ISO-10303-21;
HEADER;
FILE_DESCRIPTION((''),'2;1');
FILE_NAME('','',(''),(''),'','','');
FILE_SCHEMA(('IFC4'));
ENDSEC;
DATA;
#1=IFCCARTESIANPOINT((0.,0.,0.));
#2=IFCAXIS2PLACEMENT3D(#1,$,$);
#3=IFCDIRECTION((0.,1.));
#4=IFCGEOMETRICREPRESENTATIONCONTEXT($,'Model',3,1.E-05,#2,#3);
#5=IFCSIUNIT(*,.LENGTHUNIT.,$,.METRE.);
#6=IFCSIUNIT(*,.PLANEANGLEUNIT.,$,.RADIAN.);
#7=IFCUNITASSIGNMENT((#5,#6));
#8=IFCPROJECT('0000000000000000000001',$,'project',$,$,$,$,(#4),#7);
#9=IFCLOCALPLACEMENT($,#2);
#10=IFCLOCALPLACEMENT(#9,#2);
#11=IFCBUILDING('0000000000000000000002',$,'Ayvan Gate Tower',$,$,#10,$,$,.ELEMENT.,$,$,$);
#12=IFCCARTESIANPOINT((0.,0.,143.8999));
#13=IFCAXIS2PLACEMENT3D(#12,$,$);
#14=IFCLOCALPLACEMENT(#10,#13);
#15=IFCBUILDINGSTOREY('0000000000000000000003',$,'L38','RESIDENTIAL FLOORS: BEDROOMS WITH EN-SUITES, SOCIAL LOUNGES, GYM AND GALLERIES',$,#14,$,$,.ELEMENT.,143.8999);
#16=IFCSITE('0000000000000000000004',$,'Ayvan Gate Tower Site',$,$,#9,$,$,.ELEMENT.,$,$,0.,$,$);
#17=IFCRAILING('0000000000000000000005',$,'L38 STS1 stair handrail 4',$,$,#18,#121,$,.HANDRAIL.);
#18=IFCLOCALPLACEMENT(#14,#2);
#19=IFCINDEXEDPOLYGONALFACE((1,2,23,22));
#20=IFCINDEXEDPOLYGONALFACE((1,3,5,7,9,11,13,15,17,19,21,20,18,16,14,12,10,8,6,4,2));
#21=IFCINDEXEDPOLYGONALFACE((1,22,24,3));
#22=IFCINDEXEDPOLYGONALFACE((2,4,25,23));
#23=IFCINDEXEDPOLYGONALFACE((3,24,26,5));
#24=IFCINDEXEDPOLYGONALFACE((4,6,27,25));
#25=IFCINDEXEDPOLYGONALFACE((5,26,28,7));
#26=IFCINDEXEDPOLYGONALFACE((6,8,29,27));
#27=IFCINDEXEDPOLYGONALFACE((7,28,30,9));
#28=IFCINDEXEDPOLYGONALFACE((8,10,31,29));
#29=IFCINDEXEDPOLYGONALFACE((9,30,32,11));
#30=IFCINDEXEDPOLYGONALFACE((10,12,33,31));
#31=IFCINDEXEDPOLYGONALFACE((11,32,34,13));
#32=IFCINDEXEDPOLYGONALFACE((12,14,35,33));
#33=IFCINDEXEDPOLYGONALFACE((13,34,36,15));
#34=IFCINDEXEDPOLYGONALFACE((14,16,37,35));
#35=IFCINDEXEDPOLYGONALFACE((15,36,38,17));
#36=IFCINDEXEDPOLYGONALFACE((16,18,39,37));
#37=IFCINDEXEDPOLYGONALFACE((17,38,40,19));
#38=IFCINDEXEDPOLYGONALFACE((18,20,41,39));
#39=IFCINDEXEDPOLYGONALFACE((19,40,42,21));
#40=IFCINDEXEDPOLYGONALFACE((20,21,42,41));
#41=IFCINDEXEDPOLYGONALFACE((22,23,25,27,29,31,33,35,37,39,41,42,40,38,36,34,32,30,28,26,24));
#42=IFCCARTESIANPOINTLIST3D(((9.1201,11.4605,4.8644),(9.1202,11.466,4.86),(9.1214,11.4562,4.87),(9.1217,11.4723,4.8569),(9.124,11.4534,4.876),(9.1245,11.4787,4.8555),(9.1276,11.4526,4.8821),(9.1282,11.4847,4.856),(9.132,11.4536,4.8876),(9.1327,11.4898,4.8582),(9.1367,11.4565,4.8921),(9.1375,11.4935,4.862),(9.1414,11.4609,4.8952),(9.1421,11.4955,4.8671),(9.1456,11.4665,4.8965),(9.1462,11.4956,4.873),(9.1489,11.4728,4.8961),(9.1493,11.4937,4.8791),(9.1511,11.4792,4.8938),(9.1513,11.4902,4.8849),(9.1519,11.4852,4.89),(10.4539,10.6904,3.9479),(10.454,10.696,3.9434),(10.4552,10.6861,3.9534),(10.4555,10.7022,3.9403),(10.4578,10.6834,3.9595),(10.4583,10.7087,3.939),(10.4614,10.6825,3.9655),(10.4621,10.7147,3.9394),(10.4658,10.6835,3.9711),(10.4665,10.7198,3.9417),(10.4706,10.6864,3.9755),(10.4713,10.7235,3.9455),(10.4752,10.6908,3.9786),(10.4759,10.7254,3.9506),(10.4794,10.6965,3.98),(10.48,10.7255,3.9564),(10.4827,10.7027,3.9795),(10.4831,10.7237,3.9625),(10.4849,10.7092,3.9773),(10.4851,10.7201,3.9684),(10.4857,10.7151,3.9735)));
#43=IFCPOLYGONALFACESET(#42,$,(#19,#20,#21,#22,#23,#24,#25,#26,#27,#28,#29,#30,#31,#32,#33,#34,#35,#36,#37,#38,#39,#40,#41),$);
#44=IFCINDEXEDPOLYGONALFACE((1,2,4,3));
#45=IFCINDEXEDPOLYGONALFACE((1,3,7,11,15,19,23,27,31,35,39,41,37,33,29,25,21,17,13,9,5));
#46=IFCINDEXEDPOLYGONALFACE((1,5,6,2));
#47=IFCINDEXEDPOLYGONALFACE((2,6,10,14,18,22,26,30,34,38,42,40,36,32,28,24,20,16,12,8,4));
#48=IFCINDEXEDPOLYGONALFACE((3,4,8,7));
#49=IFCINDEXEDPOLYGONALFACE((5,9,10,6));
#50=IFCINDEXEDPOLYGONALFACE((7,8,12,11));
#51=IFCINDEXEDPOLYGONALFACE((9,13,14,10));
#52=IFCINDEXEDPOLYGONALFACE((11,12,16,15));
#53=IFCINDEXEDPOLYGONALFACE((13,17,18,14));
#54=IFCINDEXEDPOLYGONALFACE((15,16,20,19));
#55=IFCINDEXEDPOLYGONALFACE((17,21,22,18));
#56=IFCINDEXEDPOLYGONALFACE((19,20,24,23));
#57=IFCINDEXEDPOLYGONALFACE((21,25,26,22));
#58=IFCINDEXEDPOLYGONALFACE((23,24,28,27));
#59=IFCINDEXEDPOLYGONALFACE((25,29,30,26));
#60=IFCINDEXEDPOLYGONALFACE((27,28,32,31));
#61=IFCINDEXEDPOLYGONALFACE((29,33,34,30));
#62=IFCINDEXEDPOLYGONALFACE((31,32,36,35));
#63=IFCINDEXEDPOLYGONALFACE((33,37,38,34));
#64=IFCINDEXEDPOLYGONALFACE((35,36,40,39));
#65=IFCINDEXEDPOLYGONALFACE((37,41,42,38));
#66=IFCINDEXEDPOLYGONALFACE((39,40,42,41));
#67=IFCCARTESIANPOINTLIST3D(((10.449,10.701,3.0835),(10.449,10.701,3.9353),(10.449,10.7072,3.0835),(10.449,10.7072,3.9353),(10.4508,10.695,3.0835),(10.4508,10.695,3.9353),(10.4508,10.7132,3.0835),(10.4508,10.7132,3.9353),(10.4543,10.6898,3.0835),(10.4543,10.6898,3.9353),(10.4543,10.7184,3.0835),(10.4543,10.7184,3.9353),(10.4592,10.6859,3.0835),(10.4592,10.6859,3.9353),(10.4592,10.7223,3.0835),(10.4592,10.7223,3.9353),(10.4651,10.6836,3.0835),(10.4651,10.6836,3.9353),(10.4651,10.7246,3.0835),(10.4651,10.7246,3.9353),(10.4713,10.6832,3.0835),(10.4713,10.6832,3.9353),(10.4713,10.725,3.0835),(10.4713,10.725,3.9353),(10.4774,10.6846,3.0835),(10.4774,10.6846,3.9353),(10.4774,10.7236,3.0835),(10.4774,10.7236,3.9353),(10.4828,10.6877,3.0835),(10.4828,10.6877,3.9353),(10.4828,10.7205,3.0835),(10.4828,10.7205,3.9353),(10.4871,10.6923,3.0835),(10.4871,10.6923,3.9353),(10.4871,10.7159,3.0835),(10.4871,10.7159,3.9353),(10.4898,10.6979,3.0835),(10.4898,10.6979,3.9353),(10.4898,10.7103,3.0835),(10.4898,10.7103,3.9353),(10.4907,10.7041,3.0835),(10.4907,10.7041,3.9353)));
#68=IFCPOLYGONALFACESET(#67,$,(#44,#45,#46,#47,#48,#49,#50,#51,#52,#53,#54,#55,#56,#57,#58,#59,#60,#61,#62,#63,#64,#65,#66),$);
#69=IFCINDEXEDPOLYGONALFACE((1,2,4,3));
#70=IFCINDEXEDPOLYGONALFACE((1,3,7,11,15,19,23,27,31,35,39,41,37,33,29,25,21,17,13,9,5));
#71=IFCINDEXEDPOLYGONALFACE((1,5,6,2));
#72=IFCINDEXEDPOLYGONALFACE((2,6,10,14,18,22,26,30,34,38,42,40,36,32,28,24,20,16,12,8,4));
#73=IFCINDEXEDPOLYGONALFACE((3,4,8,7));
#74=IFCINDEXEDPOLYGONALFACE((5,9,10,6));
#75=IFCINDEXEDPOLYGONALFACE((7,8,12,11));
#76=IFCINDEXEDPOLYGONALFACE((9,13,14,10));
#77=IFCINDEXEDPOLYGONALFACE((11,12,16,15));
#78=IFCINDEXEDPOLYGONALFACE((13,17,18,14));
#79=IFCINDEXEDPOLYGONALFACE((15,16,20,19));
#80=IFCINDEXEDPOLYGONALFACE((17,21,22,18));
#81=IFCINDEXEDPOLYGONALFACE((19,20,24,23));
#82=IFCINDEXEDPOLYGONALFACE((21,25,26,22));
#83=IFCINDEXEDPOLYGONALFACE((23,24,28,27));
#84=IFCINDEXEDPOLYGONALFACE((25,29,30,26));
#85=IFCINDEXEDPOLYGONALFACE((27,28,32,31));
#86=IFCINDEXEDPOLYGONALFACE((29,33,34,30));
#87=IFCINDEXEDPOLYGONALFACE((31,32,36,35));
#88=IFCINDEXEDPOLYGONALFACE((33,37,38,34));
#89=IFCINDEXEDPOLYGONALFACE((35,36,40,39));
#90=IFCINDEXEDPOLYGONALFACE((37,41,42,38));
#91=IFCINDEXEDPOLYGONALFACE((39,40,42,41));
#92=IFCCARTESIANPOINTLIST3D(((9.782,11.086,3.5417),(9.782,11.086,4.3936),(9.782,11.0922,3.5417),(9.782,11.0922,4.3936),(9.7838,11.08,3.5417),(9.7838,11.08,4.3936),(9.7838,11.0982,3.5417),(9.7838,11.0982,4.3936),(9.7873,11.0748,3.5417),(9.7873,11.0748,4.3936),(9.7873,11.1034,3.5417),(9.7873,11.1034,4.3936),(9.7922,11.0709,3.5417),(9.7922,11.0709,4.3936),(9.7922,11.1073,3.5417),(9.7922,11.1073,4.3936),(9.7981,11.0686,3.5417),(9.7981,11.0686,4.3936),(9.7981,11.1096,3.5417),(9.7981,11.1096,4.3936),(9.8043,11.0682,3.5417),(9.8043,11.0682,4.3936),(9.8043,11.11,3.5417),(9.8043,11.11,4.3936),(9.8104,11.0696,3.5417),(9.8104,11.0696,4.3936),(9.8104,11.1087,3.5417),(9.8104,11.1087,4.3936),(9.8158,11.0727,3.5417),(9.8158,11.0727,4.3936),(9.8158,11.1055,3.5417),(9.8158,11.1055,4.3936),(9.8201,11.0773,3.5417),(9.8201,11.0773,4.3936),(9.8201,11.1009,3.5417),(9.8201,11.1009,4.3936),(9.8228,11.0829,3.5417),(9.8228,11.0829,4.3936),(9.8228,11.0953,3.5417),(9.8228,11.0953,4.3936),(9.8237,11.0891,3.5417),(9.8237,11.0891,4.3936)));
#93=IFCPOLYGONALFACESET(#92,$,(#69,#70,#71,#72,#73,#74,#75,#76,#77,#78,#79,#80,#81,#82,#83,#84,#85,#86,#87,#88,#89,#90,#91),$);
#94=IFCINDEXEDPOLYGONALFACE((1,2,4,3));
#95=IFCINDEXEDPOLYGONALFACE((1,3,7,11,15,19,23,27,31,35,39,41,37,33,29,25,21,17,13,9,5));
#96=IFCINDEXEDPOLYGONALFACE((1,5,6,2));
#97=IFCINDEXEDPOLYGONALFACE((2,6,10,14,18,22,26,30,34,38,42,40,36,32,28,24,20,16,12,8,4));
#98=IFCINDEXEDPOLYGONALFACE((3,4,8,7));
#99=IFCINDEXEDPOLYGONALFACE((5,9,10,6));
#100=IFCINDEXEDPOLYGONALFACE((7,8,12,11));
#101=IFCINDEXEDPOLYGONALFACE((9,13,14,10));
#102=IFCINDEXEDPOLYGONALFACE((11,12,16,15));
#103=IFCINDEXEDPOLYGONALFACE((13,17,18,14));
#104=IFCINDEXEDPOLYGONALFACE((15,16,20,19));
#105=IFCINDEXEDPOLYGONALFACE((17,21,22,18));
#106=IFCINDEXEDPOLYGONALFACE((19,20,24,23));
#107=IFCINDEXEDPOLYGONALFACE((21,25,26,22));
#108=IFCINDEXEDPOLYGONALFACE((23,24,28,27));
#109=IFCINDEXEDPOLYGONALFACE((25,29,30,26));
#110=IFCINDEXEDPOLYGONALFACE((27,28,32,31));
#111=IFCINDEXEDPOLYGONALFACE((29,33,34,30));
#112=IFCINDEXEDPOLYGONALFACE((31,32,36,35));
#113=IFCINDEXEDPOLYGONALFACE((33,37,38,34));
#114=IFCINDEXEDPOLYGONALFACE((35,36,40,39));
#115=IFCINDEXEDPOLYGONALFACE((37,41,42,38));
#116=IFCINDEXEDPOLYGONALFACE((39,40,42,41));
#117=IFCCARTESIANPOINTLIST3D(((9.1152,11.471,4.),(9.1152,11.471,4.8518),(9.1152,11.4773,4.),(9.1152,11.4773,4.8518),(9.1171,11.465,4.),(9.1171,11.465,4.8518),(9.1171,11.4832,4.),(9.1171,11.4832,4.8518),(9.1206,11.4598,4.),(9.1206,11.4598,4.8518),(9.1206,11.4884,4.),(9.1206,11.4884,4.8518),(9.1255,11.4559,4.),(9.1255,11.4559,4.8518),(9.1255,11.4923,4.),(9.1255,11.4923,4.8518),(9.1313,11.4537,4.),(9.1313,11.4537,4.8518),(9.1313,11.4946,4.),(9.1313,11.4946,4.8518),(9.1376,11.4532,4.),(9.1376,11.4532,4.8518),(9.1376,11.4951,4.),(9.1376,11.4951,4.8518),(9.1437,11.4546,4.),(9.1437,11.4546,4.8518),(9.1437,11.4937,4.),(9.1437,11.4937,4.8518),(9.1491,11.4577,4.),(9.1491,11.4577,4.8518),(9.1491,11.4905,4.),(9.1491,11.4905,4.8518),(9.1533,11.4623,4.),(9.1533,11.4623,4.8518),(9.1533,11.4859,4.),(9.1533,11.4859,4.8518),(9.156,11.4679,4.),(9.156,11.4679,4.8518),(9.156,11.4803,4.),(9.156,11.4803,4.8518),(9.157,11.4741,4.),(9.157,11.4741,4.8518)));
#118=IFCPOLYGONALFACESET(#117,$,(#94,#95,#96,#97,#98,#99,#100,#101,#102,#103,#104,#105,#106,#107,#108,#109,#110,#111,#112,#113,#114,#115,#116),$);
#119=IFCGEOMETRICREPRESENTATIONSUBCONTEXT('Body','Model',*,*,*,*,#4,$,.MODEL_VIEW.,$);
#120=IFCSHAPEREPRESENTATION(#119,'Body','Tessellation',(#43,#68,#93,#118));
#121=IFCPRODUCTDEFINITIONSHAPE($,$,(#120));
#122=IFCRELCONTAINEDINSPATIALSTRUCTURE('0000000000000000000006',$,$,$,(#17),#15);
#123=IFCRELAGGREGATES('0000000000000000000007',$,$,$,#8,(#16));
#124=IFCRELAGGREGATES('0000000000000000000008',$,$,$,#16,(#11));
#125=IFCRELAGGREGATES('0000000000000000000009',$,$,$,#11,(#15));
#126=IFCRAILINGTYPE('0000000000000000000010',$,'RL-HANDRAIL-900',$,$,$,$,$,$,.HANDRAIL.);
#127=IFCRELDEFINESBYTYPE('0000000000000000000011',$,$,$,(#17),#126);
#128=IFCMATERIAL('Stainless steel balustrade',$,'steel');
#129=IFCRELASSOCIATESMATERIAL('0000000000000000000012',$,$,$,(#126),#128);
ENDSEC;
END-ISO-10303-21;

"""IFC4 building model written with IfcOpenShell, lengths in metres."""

from ifc_helpers import new_model, si_unit, direction, frame, origin, origin_2d, place, context, subcontext, project, spatial, circle, extrude, material, type_object, element, save


model = new_model("IFC4")

# Units and contexts
model_context = context("Model", 3, precision=1e-05, world=origin(), true_north=direction((0.0, 1.0)))
body_context = subcontext(model_context, "Body", "Model", "MODEL_VIEW")
ifc_project = project(units=[si_unit("LENGTHUNIT", "METRE"), si_unit("PLANEANGLEUNIT", "RADIAN")], contexts=[model_context])

# Site, building, storey
site_placement = place(None, origin())
site = spatial("IfcSite", under=ifc_project, at=site_placement, Name="Ayvan Gate Tower Site", CompositionType="ELEMENT", RefElevation=0.0)
building_placement = place(site_placement, origin())
building = spatial("IfcBuilding", under=site, at=building_placement, Name="Ayvan Gate Tower", CompositionType="ELEMENT")
storey_placement = place(building_placement, frame((0.0, 0.0, 143.8999)))
storey = spatial("IfcBuildingStorey", under=building, at=storey_placement, Name="L38", Description="RESIDENTIAL FLOORS: BEDROOMS WITH EN-SUITES, SOCIAL LOUNGES, GYM AND GALLERIES", CompositionType="ELEMENT", Elevation=143.8999)

# Railing
ifc_material_1 = material(Name="Stainless steel balustrade", Category="steel")
railing_type_1 = type_object("IfcRailingType", Name="RL-HANDRAIL-900", PredefinedType="HANDRAIL", material=ifc_material_1)
railing_1_placement = place(storey_placement, frame((10.4697, 10.7041, 3.0835)))
element("IfcRailing", 1, at=railing_1_placement, inside=storey, type_object=railing_type_1, Name="L38 STS1 stair handrail 4", PredefinedType="HANDRAIL", context=body_context, shape_type="SweptSolid", body=[
    extrude(circle(Radius=0.0239, at=origin_2d()), frame((0.0, 0.0, 0.876), z_axis=(-0.744216, 0.429664, 0.511401), x_axis=(-0.499992, -0.86603, 0.0)), (0.0, 0.0, 1.0), 1.7922),
    extrude(circle(Radius=0.021, at=origin_2d()), origin(), (0.0, 0.0, 1.0), 0.8518),
    extrude(circle(Radius=0.021, at=origin_2d()), frame((-0.667, 0.385, 0.4583)), (0.0, 0.0, 1.0), 0.8518),
    extrude(circle(Radius=0.021, at=origin_2d()), frame((-1.3337, 0.77, 0.9165)), (0.0, 0.0, 1.0), 0.8518),
])

save(model, "model.ifc")
